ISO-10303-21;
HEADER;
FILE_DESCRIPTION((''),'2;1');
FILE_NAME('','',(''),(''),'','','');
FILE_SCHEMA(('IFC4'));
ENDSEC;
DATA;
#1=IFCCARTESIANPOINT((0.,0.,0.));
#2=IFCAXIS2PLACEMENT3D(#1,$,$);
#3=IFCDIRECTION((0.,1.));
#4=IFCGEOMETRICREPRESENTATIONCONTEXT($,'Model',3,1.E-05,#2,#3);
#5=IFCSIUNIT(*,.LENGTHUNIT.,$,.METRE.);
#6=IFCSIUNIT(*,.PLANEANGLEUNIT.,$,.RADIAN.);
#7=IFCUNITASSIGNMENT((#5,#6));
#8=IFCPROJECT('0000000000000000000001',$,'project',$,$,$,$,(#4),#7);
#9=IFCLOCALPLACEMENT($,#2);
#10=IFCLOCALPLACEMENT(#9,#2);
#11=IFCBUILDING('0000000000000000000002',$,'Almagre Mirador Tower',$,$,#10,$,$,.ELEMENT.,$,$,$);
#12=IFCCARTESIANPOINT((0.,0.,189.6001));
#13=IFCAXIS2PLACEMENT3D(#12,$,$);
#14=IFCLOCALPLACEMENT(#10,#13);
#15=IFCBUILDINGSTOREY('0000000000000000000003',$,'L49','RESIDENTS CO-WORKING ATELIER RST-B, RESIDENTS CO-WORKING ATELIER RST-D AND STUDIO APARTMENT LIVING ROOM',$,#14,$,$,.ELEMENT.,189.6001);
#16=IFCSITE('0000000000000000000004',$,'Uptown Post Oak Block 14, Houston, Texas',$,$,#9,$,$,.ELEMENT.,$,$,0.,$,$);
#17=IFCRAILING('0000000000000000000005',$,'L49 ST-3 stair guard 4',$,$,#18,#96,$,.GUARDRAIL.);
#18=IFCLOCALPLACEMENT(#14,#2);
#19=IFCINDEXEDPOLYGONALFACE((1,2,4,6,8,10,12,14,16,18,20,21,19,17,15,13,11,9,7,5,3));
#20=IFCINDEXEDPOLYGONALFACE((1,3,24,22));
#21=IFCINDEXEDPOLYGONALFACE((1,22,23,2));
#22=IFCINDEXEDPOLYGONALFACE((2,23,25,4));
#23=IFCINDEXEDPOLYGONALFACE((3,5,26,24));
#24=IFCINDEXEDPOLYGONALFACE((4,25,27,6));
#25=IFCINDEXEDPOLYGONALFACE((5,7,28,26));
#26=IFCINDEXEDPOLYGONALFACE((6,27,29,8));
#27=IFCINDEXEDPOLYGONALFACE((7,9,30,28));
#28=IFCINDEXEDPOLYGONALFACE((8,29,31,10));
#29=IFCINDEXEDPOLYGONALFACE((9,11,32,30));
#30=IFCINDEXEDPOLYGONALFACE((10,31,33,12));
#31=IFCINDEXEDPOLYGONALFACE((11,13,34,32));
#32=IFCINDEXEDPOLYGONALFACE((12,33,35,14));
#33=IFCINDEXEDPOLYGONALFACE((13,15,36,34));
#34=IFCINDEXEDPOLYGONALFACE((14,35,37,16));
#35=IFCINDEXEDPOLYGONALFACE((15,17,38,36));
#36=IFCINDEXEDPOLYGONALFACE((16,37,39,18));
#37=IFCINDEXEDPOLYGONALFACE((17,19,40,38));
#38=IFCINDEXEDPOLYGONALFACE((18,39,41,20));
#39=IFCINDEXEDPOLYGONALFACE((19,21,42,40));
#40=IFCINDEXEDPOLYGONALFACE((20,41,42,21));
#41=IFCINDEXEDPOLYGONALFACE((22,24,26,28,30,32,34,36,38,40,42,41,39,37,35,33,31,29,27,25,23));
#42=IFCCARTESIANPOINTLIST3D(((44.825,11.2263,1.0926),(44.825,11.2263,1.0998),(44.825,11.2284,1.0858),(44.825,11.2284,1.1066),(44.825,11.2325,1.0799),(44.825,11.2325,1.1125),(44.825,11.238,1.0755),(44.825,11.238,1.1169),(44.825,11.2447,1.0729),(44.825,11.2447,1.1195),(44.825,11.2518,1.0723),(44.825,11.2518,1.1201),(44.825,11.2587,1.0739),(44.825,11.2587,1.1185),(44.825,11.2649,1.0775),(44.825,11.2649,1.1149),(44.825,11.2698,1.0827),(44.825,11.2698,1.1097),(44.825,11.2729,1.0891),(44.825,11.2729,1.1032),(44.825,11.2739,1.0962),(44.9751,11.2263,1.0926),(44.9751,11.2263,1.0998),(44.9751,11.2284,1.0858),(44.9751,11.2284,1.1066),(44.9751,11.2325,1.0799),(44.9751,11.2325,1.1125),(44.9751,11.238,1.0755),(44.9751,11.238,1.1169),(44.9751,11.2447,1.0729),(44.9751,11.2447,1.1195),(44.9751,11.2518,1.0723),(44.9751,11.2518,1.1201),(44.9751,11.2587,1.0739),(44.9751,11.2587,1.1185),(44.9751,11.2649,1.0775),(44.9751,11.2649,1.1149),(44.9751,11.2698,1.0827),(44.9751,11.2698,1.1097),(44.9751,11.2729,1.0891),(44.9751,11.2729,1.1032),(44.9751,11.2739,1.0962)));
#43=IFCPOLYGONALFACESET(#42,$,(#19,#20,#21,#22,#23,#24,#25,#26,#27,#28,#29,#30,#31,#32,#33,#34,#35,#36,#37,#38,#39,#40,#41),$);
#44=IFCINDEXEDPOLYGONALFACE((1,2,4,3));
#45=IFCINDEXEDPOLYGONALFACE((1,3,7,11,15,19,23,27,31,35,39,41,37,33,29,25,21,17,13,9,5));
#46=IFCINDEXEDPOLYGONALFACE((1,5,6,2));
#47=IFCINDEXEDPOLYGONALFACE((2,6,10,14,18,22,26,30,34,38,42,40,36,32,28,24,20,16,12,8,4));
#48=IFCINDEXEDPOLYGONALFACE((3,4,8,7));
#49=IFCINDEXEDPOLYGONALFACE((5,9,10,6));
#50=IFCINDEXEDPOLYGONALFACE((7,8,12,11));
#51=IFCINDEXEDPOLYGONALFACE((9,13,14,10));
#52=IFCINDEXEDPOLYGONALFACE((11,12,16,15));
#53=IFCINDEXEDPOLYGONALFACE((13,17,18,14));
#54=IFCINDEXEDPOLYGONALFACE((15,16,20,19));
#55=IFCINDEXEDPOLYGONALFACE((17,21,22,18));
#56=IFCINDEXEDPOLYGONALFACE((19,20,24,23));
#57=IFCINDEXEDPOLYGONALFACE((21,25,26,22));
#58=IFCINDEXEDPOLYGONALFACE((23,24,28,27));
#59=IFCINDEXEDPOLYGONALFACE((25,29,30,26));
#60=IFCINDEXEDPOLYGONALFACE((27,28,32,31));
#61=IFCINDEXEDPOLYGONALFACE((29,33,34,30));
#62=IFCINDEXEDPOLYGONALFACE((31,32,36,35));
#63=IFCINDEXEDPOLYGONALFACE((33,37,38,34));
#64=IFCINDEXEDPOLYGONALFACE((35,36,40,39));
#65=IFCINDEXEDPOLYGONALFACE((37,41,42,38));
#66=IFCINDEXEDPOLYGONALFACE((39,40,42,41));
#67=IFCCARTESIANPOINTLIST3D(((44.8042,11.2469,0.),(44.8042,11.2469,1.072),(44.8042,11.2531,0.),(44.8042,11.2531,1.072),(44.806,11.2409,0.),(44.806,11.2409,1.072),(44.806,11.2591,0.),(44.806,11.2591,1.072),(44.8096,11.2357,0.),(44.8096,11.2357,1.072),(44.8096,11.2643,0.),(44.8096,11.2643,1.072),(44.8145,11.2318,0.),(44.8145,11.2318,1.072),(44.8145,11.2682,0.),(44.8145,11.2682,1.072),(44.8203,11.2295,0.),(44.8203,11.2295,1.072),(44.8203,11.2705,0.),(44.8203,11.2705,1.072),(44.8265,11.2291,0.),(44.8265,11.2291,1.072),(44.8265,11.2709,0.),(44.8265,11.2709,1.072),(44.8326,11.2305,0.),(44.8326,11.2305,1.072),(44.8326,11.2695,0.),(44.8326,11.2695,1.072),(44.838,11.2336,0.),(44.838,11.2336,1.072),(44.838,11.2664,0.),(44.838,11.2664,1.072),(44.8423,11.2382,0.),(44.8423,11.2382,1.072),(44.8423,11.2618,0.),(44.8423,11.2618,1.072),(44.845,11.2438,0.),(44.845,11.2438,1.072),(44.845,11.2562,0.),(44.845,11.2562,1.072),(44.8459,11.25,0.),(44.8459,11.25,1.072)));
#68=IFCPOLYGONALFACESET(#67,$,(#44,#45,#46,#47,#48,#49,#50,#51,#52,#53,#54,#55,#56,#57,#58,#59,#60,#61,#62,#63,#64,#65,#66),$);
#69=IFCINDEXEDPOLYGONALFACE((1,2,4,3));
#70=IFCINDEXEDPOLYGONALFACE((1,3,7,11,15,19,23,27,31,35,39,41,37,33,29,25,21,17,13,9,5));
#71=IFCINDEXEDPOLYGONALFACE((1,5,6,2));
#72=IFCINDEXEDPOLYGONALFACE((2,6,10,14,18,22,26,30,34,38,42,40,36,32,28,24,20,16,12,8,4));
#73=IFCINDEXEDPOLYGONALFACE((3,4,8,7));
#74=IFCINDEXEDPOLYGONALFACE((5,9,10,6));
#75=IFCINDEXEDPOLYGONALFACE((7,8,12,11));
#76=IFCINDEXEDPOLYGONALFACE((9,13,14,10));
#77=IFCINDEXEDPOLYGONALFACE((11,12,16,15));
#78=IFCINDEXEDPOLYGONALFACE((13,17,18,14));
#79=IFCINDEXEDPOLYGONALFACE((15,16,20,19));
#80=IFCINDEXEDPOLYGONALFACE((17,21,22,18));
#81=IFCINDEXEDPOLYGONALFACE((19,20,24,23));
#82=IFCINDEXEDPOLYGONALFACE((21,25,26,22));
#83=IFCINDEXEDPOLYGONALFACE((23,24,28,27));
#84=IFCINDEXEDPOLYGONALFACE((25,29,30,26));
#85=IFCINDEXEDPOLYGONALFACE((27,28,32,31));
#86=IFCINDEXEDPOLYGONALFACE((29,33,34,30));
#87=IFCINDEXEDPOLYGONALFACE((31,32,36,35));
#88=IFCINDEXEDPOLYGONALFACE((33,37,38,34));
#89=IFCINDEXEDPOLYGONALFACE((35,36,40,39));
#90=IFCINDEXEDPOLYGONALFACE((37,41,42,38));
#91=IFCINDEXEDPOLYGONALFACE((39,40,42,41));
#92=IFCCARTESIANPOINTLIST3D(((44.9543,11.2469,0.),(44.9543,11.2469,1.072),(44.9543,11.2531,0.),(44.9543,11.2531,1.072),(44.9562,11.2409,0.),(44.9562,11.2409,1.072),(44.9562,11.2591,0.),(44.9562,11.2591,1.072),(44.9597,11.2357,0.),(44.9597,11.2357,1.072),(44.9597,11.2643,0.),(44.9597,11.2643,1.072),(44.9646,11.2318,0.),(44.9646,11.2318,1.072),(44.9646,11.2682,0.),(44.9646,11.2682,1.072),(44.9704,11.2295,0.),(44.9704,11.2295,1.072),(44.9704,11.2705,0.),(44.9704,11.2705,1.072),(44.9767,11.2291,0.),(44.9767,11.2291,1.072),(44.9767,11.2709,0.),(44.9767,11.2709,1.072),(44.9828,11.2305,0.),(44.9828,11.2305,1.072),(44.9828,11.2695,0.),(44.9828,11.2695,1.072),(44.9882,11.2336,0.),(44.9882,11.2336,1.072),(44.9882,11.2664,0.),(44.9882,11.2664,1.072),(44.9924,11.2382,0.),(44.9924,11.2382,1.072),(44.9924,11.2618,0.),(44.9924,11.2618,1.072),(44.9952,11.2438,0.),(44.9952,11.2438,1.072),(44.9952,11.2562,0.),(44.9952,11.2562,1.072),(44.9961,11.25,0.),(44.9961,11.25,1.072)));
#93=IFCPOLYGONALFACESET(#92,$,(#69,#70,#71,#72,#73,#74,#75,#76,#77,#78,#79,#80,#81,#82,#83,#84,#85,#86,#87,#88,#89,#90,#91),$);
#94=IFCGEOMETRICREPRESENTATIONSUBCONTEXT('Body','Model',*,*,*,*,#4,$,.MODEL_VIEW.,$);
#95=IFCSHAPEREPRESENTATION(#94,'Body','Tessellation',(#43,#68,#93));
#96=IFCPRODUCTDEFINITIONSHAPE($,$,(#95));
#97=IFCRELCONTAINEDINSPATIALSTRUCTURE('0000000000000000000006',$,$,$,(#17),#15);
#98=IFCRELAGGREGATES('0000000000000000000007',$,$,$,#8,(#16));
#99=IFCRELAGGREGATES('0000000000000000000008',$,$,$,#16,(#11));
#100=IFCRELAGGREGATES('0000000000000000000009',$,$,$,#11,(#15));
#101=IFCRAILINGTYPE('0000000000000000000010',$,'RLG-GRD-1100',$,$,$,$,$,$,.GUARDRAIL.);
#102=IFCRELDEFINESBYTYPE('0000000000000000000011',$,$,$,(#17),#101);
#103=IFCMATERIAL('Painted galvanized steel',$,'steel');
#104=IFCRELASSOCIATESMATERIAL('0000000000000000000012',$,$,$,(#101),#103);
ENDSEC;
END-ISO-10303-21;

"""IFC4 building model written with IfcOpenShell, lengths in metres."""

from ifc_helpers import new_model, si_unit, direction, frame, origin, origin_2d, place, context, subcontext, project, spatial, circle, extrude, material, type_object, element, save


model = new_model("IFC4")

# Units and contexts
model_context = context("Model", 3, precision=1e-05, world=origin(), true_north=direction((0.0, 1.0)))
body_context = subcontext(model_context, "Body", "Model", "MODEL_VIEW")
ifc_project = project(units=[si_unit("LENGTHUNIT", "METRE"), si_unit("PLANEANGLEUNIT", "RADIAN")], contexts=[model_context])

# Site, building, storey
site_placement = place(None, origin())
site = spatial("IfcSite", under=ifc_project, at=site_placement, Name="Uptown Post Oak Block 14, Houston, Texas", CompositionType="ELEMENT", RefElevation=0.0)
building_placement = place(site_placement, origin())
building = spatial("IfcBuilding", under=site, at=building_placement, Name="Almagre Mirador Tower", CompositionType="ELEMENT")
storey_placement = place(building_placement, frame((0.0, 0.0, 189.6001)))
storey = spatial("IfcBuildingStorey", under=building, at=storey_placement, Name="L49", Description="RESIDENTS CO-WORKING ATELIER RST-B, RESIDENTS CO-WORKING ATELIER RST-D AND STUDIO APARTMENT LIVING ROOM", CompositionType="ELEMENT", Elevation=189.6001)

# Railing
ifc_material_1 = material(Name="Painted galvanized steel", Category="steel")
railing_type_1 = type_object("IfcRailingType", Name="RLG-GRD-1100", PredefinedType="GUARDRAIL", material=ifc_material_1)
railing_1_placement = place(storey_placement, frame((44.825, 11.25, 0.0)))
element("IfcRailing", 1, at=railing_1_placement, inside=storey, type_object=railing_type_1, Name="L49 ST-3 stair guard 4", PredefinedType="GUARDRAIL", context=body_context, shape_type="SweptSolid", body=[
    extrude(circle(Radius=0.0239, at=origin_2d()), frame((0.0, 0.0, 1.0962), z_axis=(1.0, 0.0, 0.0), x_axis=(0.0, 1.0, 0.0)), (0.0, 0.0, 1.0), 0.1501),
    extrude(circle(Radius=0.021, at=origin_2d()), origin(), (0.0, 0.0, 1.0), 1.072),
    extrude(circle(Radius=0.021, at=origin_2d()), frame((0.1501, 0.0, 0.0)), (0.0, 0.0, 1.0), 1.072),
])

save(model, "model.ifc")
